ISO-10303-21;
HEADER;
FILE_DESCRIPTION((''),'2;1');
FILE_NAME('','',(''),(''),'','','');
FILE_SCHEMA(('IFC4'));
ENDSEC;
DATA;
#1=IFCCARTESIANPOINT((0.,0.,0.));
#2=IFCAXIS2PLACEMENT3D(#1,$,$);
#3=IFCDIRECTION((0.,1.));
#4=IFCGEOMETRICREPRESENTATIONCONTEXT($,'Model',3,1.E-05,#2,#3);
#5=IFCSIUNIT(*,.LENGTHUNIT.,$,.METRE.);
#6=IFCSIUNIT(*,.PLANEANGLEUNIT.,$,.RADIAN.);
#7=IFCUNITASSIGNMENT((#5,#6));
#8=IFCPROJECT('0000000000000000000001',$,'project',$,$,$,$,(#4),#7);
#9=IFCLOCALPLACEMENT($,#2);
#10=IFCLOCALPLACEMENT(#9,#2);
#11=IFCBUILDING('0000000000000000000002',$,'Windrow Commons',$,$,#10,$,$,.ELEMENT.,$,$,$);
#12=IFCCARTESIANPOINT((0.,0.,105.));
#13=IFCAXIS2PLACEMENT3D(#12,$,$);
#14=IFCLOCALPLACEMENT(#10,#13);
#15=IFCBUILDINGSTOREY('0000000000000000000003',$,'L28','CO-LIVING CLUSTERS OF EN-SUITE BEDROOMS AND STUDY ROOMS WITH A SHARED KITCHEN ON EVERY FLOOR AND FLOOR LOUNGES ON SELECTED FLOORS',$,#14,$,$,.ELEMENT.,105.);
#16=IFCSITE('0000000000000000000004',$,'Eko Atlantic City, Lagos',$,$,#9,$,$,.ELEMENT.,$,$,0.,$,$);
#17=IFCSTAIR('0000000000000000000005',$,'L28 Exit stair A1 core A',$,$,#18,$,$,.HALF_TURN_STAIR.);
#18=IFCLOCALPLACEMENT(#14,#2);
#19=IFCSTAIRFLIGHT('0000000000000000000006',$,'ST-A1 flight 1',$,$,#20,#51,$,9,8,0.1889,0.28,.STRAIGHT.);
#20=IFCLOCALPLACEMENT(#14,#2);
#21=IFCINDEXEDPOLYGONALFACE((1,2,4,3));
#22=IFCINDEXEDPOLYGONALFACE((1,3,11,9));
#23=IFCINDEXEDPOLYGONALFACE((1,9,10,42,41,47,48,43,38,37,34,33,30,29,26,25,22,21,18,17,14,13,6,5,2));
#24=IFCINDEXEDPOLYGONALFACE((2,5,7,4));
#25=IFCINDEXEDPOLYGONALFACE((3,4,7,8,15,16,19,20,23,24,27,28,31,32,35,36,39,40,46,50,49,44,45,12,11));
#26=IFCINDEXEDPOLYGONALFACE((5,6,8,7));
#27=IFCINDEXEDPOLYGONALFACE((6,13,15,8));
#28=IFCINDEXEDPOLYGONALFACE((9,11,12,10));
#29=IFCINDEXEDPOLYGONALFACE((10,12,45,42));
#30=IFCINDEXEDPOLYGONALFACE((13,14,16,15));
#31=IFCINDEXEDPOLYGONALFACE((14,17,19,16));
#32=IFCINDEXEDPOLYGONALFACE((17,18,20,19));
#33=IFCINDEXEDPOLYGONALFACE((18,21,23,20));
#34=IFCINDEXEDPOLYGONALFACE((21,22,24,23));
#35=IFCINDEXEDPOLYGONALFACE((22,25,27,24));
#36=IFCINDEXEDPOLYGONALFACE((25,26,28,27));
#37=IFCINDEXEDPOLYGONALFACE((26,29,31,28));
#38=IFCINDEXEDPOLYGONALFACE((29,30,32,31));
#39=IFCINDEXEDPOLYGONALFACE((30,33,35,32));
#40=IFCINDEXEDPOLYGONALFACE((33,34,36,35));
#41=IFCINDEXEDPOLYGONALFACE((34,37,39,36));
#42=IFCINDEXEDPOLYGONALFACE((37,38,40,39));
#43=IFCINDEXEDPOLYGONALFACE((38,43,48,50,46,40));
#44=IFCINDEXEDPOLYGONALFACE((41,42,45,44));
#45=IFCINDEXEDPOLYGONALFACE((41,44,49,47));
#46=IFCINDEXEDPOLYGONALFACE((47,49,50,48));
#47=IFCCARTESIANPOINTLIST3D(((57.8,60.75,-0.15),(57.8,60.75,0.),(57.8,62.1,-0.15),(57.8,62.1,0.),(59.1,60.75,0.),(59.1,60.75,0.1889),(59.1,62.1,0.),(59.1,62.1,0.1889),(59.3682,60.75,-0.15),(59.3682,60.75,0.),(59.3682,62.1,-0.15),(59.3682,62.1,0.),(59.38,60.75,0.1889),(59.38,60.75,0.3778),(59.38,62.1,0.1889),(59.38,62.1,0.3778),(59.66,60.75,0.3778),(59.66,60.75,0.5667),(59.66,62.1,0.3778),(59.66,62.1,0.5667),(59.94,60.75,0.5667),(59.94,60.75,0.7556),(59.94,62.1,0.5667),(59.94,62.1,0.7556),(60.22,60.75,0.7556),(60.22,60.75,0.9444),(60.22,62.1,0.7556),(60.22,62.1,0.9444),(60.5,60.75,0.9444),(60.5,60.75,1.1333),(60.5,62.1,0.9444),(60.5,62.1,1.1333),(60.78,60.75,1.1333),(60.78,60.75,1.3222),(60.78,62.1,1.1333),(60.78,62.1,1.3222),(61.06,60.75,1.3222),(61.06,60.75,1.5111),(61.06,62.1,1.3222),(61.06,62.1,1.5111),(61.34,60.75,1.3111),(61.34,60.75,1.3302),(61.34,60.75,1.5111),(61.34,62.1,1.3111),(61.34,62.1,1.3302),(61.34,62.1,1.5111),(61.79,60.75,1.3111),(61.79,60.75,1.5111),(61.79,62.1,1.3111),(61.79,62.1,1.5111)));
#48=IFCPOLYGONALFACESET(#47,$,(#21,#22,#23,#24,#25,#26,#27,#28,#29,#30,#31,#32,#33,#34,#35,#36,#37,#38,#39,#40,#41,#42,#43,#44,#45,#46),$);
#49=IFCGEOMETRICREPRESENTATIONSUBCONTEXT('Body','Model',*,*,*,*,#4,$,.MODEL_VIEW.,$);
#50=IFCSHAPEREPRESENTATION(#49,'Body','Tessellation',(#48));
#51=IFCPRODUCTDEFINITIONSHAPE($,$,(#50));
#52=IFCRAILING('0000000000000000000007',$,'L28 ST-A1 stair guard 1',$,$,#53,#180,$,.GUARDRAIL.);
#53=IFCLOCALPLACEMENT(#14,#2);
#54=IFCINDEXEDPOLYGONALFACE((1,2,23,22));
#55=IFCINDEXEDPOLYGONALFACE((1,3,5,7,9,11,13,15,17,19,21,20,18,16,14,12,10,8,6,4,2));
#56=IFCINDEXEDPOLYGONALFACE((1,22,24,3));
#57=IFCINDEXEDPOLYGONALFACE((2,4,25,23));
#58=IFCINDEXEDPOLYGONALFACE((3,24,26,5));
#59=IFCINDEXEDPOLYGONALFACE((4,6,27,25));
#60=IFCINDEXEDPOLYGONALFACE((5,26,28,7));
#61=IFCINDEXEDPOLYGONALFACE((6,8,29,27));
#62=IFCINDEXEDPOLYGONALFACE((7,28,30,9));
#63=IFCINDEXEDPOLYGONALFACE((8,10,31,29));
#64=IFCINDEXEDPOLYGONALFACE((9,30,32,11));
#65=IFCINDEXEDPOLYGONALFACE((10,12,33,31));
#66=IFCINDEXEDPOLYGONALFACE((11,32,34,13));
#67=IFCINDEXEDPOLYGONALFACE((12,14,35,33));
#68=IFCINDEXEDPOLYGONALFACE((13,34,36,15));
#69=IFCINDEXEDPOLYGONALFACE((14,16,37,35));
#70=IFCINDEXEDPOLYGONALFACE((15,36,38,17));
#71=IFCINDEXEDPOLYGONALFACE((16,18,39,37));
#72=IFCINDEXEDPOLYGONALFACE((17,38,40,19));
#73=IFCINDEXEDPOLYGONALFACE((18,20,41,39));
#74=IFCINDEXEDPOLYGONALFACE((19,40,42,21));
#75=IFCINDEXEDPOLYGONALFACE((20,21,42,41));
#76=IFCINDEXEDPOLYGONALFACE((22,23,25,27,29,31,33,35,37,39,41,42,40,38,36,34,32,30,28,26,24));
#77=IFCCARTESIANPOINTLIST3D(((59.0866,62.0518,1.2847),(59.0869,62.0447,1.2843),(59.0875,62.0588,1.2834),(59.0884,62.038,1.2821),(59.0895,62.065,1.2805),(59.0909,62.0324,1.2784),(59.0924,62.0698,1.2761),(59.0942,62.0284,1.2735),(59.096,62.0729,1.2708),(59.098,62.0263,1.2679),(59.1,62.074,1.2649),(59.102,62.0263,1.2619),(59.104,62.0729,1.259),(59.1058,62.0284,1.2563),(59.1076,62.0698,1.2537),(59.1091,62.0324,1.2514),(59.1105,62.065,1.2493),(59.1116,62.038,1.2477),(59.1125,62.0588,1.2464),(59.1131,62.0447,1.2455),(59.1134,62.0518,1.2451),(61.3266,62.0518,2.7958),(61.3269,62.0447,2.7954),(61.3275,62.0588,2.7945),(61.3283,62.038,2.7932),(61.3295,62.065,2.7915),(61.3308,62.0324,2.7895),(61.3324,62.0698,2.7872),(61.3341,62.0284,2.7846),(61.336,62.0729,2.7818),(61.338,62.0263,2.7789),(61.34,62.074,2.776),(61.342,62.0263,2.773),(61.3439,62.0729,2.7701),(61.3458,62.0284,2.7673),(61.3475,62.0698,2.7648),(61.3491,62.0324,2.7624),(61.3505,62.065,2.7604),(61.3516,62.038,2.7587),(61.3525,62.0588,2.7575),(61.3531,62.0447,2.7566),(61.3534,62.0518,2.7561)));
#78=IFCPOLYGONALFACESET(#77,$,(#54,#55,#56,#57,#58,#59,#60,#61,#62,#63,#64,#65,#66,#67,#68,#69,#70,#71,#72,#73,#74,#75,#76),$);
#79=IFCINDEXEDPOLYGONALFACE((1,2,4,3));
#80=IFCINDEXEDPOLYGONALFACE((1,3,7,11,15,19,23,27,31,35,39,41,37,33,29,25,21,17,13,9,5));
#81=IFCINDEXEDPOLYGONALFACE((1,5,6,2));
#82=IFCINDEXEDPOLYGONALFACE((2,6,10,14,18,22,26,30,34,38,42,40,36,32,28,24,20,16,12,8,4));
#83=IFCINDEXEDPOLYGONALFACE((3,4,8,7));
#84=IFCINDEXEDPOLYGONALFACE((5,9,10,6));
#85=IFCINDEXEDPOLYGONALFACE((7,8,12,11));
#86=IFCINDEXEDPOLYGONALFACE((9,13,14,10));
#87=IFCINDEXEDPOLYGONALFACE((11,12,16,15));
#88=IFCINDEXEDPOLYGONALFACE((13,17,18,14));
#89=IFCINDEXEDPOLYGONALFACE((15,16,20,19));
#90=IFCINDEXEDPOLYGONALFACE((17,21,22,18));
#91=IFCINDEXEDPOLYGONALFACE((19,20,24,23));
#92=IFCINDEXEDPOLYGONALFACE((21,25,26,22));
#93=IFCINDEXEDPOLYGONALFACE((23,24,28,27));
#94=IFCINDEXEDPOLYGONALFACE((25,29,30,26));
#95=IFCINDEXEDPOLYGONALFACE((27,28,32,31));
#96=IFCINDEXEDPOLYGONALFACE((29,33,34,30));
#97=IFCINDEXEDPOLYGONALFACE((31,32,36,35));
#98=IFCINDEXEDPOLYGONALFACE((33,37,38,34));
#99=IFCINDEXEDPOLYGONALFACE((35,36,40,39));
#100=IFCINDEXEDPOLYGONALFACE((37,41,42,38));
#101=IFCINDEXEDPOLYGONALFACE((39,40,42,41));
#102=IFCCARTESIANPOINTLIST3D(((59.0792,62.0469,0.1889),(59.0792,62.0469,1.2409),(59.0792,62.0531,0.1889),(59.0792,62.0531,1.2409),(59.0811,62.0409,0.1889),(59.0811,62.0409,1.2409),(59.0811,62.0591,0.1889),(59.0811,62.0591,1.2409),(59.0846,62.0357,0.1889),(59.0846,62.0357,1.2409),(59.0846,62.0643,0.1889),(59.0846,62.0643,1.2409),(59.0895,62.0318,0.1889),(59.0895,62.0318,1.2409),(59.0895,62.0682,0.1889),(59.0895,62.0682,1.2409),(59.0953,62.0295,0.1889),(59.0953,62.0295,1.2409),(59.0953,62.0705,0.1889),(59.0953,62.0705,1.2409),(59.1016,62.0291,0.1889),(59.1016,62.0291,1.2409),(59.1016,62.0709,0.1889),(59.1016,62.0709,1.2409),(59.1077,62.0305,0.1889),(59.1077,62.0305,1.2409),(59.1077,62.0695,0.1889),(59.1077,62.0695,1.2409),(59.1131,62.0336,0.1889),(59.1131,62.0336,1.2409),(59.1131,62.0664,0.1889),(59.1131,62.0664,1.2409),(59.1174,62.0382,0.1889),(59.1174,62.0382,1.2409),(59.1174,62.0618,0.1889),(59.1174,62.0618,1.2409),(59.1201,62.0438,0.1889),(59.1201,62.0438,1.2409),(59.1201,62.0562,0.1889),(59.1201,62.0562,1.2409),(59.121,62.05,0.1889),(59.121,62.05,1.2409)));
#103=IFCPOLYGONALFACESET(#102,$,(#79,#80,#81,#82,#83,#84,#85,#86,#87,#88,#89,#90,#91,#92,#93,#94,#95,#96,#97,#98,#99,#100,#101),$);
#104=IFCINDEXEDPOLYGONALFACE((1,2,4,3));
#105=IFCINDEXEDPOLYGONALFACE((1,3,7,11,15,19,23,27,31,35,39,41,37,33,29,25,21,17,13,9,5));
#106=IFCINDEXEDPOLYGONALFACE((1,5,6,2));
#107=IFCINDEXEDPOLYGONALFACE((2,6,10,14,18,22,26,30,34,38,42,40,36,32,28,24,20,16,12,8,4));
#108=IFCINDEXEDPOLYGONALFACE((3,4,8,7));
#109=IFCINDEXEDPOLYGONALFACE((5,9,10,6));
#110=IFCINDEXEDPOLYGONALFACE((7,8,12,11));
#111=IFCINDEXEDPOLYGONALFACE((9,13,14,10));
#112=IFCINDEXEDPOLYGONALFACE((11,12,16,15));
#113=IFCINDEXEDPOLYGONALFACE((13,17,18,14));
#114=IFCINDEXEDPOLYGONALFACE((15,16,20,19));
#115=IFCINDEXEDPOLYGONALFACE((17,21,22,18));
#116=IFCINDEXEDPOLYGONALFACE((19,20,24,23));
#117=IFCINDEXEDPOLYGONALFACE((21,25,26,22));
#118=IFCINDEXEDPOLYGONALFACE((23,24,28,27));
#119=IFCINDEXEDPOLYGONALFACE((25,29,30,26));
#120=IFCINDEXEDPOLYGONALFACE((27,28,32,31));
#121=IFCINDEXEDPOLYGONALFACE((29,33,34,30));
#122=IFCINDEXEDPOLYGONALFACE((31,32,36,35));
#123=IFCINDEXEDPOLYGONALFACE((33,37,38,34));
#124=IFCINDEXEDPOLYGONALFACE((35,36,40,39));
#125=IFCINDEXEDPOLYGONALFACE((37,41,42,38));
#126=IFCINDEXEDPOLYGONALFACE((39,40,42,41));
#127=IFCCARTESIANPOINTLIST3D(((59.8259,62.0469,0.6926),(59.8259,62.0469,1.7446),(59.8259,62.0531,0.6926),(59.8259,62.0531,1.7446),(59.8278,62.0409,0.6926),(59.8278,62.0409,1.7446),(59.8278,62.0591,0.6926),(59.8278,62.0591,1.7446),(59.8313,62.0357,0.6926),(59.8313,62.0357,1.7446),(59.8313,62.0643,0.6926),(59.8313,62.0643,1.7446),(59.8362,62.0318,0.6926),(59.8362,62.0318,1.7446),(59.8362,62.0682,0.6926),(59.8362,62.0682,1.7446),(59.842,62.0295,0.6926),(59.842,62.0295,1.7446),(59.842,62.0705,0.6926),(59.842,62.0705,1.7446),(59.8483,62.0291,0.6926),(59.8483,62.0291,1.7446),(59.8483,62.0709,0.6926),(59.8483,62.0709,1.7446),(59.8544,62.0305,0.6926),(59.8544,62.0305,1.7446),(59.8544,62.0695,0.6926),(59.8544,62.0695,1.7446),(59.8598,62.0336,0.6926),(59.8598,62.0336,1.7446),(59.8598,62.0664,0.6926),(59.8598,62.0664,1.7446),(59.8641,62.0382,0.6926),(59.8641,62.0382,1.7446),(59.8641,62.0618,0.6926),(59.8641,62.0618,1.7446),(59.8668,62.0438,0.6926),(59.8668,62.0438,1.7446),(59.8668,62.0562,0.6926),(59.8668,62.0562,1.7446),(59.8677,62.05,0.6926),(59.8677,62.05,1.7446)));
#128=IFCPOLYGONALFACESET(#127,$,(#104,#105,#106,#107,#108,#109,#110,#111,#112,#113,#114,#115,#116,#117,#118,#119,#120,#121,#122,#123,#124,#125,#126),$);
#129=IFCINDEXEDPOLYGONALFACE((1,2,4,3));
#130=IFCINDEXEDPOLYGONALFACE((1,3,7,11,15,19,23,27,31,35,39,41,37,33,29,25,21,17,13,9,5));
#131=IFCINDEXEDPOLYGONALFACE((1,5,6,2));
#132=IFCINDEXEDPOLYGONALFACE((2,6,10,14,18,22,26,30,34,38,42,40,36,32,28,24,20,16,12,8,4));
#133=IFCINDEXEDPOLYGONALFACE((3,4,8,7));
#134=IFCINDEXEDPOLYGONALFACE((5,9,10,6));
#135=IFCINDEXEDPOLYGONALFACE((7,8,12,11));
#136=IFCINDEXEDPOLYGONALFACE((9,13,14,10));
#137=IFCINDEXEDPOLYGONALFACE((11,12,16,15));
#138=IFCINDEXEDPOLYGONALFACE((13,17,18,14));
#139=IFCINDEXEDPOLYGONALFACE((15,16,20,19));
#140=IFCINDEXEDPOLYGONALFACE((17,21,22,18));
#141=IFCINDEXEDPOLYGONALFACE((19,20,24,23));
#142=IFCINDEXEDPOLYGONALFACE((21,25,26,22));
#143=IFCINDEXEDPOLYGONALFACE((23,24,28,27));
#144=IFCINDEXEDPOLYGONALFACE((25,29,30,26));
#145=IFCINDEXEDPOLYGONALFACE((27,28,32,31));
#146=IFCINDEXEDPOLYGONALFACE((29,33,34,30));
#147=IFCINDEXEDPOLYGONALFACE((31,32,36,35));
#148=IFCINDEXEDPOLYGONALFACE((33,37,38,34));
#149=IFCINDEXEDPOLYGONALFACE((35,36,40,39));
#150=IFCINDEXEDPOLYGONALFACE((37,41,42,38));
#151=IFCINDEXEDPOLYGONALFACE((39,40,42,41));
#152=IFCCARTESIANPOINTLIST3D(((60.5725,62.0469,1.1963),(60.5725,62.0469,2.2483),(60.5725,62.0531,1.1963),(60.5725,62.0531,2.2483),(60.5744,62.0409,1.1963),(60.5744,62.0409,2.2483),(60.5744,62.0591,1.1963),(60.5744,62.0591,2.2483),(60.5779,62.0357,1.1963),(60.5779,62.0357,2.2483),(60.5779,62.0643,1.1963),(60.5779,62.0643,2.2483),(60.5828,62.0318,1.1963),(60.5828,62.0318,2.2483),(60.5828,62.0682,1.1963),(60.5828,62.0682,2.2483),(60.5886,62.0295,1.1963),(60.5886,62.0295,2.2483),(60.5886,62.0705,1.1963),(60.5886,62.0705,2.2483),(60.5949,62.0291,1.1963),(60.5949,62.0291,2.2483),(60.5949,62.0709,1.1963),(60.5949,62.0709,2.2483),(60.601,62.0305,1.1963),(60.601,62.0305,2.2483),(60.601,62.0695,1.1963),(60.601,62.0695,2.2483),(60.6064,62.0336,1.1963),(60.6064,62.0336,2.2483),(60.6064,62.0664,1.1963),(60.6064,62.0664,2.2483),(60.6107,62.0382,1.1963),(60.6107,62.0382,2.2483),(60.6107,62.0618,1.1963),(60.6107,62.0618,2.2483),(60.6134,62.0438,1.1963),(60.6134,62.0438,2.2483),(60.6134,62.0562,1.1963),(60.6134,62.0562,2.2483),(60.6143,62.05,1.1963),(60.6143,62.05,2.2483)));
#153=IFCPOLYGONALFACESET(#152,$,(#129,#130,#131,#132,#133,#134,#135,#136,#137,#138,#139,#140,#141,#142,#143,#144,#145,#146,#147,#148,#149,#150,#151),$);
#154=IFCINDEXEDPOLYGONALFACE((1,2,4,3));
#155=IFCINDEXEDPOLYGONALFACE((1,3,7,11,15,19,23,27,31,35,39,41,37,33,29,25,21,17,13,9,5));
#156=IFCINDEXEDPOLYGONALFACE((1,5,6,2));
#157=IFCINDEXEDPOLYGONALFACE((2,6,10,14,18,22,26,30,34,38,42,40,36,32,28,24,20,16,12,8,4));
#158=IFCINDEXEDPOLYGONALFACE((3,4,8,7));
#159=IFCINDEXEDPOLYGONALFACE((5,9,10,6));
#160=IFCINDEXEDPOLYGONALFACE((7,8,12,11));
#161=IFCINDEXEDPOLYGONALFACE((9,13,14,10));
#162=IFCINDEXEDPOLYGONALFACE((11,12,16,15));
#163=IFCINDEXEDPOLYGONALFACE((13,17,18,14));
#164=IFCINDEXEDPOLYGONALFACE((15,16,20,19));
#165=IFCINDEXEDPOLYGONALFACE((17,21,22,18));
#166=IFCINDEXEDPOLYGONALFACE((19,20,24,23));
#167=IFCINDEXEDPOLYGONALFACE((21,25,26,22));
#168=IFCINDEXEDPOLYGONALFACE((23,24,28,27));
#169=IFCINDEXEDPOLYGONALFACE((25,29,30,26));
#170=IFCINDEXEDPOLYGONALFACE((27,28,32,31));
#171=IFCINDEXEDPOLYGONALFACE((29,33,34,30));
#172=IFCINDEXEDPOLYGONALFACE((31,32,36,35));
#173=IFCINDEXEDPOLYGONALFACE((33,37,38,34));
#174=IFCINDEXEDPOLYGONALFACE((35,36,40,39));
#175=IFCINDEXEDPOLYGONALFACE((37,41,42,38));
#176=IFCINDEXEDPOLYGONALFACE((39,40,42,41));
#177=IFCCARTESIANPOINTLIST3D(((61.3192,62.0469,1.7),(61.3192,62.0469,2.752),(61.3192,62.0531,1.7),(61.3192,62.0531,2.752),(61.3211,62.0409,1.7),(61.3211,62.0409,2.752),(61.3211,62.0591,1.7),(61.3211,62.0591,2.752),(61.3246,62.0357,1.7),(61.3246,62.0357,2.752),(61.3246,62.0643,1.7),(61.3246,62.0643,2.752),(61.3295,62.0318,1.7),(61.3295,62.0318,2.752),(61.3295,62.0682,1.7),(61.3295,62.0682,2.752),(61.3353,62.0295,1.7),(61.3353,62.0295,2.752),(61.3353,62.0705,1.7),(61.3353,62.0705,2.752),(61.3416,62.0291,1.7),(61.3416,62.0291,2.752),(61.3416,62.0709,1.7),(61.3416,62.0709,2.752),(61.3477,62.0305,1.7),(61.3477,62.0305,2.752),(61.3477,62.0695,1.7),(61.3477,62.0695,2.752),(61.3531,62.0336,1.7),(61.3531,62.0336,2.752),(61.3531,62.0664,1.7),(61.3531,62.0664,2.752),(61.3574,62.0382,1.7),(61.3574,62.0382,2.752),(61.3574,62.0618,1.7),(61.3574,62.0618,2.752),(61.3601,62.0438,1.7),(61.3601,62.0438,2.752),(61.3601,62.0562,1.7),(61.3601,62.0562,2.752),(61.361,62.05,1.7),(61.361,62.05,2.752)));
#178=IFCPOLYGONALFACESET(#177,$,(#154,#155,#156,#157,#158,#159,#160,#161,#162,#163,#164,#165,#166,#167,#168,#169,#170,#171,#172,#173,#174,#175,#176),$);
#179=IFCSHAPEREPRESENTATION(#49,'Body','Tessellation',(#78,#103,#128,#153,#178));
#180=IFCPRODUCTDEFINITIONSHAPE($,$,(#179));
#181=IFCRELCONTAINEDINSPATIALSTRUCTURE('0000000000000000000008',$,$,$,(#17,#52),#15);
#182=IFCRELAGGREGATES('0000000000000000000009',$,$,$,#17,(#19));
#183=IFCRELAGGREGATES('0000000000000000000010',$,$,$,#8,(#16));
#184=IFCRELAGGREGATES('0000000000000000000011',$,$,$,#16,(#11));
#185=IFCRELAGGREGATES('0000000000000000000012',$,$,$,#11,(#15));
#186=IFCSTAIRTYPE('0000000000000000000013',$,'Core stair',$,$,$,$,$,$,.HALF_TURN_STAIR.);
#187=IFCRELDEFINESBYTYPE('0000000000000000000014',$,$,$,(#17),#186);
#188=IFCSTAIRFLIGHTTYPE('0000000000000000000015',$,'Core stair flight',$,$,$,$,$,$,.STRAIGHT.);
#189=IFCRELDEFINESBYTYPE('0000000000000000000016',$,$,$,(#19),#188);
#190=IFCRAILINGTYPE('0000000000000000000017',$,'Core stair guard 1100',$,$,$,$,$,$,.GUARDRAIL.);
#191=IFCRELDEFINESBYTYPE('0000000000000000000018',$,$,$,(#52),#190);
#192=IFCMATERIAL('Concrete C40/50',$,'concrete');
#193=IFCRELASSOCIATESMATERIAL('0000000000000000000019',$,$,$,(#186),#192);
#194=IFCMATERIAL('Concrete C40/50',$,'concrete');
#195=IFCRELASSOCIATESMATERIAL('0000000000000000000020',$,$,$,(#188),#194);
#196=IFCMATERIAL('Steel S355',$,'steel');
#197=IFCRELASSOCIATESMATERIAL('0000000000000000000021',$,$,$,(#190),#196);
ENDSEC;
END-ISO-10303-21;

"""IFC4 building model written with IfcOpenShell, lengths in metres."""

from ifc_helpers import new_model, si_unit, direction, frame, origin, origin_2d, place, context, subcontext, project, spatial, polyline, circle, outline, extrude, material, type_object, element, aggregate, save


model = new_model("IFC4")

# Units and contexts
model_context = context("Model", 3, precision=1e-05, world=origin(), true_north=direction((0.0, 1.0)))
body_context = subcontext(model_context, "Body", "Model", "MODEL_VIEW")
ifc_project = project(units=[si_unit("LENGTHUNIT", "METRE"), si_unit("PLANEANGLEUNIT", "RADIAN")], contexts=[model_context])

# Site, building, storey
site_placement = place(None, origin())
site = spatial("IfcSite", under=ifc_project, at=site_placement, Name="Eko Atlantic City, Lagos", CompositionType="ELEMENT", RefElevation=0.0)
building_placement = place(site_placement, origin())
building = spatial("IfcBuilding", under=site, at=building_placement, Name="Windrow Commons", CompositionType="ELEMENT")
storey_placement = place(building_placement, frame((0.0, 0.0, 105.0)))
storey = spatial("IfcBuildingStorey", under=building, at=storey_placement, Name="L28", Description="CO-LIVING CLUSTERS OF EN-SUITE BEDROOMS AND STUDY ROOMS WITH A SHARED KITCHEN ON EVERY FLOOR AND FLOOR LOUNGES ON SELECTED FLOORS", CompositionType="ELEMENT", Elevation=105.0)

# Stair, stair flight
ifc_material_1 = material(Name="Concrete C40/50", Category="concrete")
stair_type = type_object("IfcStairType", Name="Core stair", PredefinedType="HALF_TURN_STAIR", material=ifc_material_1)
stair_placement = place(storey_placement, origin())
stair = element("IfcStair", 1, at=stair_placement, inside=storey, type_object=stair_type, Name="L28 Exit stair A1 core A", PredefinedType="HALF_TURN_STAIR")
ifc_material_2 = material(Name="Concrete C40/50", Category="concrete")
stair_flight_type = type_object("IfcStairFlightType", Name="Core stair flight", PredefinedType="STRAIGHT", material=ifc_material_2)
stair_flight_placement = place(storey_placement, frame((59.1, 61.425, 0.0), z_axis=(0.0, 0.0, 1.0), x_axis=(1.0, 0.0, 0.0)))
stair_flight = element("IfcStairFlight", 2, at=stair_flight_placement, type_object=stair_flight_type, Name="ST-A1 flight 1", NumberOfRisers=9, NumberOfTreads=8, PredefinedType="STRAIGHT", RiserHeight=0.1889, TreadLength=0.28, context=body_context, shape_type="SweptSolid", body=[
    extrude(outline(polyline([(-1.3, -0.15), (-1.3, 0.0), (0.0, 0.0), (0.0, 0.1889), (0.28, 0.1889), (0.28, 0.3778), (0.56, 0.3778), (0.56, 0.5667), (0.84, 0.5667), (0.84, 0.7556), (1.12, 0.7556), (1.12, 0.9444), (1.4, 0.9444), (1.4, 1.1333), (1.68, 1.1333), (1.68, 1.3222), (1.96, 1.3222), (1.96, 1.5111), (2.24, 1.5111), (2.69, 1.5111), (2.69, 1.3111), (2.24, 1.3111), (2.24, 1.3302), (0.2682, 0.0), (0.2682, -0.15), (-1.3, -0.15)])), frame((0.0, 0.675, 0.0), z_axis=(0.0, -1.0, 0.0), x_axis=(1.0, 0.0, 0.0)), (0.0, 0.0, 1.0), 1.35),
])
aggregate(stair, [stair_flight])

# Railing
ifc_material_3 = material(Name="Steel S355", Category="steel")
railing_type_1 = type_object("IfcRailingType", Name="Core stair guard 1100", PredefinedType="GUARDRAIL", material=ifc_material_3)
railing_1_placement = place(storey_placement, frame((59.1, 62.05, 0.1889)))
element("IfcRailing", 3, at=railing_1_placement, inside=storey, type_object=railing_type_1, Name="L28 ST-A1 stair guard 1", PredefinedType="GUARDRAIL", context=body_context, shape_type="SweptSolid", body=[
    extrude(circle(Radius=0.024, at=origin_2d()), frame((0.0, 0.0, 1.076), z_axis=(0.829003, 0.0, 0.559244), x_axis=(0.0, 1.0, 0.0)), (0.0, 0.0, 1.0), 2.702),
    extrude(circle(Radius=0.021, at=origin_2d()), origin(), (0.0, 0.0, 1.0), 1.052),
    extrude(circle(Radius=0.021, at=origin_2d()), frame((0.7467, 0.0, 0.5037)), (0.0, 0.0, 1.0), 1.052),
    extrude(circle(Radius=0.021, at=origin_2d()), frame((1.4933, 0.0, 1.0074)), (0.0, 0.0, 1.0), 1.052),
    extrude(circle(Radius=0.021, at=origin_2d()), frame((2.24, 0.0, 1.5111)), (0.0, 0.0, 1.0), 1.052),
])

save(model, "model.ifc")
